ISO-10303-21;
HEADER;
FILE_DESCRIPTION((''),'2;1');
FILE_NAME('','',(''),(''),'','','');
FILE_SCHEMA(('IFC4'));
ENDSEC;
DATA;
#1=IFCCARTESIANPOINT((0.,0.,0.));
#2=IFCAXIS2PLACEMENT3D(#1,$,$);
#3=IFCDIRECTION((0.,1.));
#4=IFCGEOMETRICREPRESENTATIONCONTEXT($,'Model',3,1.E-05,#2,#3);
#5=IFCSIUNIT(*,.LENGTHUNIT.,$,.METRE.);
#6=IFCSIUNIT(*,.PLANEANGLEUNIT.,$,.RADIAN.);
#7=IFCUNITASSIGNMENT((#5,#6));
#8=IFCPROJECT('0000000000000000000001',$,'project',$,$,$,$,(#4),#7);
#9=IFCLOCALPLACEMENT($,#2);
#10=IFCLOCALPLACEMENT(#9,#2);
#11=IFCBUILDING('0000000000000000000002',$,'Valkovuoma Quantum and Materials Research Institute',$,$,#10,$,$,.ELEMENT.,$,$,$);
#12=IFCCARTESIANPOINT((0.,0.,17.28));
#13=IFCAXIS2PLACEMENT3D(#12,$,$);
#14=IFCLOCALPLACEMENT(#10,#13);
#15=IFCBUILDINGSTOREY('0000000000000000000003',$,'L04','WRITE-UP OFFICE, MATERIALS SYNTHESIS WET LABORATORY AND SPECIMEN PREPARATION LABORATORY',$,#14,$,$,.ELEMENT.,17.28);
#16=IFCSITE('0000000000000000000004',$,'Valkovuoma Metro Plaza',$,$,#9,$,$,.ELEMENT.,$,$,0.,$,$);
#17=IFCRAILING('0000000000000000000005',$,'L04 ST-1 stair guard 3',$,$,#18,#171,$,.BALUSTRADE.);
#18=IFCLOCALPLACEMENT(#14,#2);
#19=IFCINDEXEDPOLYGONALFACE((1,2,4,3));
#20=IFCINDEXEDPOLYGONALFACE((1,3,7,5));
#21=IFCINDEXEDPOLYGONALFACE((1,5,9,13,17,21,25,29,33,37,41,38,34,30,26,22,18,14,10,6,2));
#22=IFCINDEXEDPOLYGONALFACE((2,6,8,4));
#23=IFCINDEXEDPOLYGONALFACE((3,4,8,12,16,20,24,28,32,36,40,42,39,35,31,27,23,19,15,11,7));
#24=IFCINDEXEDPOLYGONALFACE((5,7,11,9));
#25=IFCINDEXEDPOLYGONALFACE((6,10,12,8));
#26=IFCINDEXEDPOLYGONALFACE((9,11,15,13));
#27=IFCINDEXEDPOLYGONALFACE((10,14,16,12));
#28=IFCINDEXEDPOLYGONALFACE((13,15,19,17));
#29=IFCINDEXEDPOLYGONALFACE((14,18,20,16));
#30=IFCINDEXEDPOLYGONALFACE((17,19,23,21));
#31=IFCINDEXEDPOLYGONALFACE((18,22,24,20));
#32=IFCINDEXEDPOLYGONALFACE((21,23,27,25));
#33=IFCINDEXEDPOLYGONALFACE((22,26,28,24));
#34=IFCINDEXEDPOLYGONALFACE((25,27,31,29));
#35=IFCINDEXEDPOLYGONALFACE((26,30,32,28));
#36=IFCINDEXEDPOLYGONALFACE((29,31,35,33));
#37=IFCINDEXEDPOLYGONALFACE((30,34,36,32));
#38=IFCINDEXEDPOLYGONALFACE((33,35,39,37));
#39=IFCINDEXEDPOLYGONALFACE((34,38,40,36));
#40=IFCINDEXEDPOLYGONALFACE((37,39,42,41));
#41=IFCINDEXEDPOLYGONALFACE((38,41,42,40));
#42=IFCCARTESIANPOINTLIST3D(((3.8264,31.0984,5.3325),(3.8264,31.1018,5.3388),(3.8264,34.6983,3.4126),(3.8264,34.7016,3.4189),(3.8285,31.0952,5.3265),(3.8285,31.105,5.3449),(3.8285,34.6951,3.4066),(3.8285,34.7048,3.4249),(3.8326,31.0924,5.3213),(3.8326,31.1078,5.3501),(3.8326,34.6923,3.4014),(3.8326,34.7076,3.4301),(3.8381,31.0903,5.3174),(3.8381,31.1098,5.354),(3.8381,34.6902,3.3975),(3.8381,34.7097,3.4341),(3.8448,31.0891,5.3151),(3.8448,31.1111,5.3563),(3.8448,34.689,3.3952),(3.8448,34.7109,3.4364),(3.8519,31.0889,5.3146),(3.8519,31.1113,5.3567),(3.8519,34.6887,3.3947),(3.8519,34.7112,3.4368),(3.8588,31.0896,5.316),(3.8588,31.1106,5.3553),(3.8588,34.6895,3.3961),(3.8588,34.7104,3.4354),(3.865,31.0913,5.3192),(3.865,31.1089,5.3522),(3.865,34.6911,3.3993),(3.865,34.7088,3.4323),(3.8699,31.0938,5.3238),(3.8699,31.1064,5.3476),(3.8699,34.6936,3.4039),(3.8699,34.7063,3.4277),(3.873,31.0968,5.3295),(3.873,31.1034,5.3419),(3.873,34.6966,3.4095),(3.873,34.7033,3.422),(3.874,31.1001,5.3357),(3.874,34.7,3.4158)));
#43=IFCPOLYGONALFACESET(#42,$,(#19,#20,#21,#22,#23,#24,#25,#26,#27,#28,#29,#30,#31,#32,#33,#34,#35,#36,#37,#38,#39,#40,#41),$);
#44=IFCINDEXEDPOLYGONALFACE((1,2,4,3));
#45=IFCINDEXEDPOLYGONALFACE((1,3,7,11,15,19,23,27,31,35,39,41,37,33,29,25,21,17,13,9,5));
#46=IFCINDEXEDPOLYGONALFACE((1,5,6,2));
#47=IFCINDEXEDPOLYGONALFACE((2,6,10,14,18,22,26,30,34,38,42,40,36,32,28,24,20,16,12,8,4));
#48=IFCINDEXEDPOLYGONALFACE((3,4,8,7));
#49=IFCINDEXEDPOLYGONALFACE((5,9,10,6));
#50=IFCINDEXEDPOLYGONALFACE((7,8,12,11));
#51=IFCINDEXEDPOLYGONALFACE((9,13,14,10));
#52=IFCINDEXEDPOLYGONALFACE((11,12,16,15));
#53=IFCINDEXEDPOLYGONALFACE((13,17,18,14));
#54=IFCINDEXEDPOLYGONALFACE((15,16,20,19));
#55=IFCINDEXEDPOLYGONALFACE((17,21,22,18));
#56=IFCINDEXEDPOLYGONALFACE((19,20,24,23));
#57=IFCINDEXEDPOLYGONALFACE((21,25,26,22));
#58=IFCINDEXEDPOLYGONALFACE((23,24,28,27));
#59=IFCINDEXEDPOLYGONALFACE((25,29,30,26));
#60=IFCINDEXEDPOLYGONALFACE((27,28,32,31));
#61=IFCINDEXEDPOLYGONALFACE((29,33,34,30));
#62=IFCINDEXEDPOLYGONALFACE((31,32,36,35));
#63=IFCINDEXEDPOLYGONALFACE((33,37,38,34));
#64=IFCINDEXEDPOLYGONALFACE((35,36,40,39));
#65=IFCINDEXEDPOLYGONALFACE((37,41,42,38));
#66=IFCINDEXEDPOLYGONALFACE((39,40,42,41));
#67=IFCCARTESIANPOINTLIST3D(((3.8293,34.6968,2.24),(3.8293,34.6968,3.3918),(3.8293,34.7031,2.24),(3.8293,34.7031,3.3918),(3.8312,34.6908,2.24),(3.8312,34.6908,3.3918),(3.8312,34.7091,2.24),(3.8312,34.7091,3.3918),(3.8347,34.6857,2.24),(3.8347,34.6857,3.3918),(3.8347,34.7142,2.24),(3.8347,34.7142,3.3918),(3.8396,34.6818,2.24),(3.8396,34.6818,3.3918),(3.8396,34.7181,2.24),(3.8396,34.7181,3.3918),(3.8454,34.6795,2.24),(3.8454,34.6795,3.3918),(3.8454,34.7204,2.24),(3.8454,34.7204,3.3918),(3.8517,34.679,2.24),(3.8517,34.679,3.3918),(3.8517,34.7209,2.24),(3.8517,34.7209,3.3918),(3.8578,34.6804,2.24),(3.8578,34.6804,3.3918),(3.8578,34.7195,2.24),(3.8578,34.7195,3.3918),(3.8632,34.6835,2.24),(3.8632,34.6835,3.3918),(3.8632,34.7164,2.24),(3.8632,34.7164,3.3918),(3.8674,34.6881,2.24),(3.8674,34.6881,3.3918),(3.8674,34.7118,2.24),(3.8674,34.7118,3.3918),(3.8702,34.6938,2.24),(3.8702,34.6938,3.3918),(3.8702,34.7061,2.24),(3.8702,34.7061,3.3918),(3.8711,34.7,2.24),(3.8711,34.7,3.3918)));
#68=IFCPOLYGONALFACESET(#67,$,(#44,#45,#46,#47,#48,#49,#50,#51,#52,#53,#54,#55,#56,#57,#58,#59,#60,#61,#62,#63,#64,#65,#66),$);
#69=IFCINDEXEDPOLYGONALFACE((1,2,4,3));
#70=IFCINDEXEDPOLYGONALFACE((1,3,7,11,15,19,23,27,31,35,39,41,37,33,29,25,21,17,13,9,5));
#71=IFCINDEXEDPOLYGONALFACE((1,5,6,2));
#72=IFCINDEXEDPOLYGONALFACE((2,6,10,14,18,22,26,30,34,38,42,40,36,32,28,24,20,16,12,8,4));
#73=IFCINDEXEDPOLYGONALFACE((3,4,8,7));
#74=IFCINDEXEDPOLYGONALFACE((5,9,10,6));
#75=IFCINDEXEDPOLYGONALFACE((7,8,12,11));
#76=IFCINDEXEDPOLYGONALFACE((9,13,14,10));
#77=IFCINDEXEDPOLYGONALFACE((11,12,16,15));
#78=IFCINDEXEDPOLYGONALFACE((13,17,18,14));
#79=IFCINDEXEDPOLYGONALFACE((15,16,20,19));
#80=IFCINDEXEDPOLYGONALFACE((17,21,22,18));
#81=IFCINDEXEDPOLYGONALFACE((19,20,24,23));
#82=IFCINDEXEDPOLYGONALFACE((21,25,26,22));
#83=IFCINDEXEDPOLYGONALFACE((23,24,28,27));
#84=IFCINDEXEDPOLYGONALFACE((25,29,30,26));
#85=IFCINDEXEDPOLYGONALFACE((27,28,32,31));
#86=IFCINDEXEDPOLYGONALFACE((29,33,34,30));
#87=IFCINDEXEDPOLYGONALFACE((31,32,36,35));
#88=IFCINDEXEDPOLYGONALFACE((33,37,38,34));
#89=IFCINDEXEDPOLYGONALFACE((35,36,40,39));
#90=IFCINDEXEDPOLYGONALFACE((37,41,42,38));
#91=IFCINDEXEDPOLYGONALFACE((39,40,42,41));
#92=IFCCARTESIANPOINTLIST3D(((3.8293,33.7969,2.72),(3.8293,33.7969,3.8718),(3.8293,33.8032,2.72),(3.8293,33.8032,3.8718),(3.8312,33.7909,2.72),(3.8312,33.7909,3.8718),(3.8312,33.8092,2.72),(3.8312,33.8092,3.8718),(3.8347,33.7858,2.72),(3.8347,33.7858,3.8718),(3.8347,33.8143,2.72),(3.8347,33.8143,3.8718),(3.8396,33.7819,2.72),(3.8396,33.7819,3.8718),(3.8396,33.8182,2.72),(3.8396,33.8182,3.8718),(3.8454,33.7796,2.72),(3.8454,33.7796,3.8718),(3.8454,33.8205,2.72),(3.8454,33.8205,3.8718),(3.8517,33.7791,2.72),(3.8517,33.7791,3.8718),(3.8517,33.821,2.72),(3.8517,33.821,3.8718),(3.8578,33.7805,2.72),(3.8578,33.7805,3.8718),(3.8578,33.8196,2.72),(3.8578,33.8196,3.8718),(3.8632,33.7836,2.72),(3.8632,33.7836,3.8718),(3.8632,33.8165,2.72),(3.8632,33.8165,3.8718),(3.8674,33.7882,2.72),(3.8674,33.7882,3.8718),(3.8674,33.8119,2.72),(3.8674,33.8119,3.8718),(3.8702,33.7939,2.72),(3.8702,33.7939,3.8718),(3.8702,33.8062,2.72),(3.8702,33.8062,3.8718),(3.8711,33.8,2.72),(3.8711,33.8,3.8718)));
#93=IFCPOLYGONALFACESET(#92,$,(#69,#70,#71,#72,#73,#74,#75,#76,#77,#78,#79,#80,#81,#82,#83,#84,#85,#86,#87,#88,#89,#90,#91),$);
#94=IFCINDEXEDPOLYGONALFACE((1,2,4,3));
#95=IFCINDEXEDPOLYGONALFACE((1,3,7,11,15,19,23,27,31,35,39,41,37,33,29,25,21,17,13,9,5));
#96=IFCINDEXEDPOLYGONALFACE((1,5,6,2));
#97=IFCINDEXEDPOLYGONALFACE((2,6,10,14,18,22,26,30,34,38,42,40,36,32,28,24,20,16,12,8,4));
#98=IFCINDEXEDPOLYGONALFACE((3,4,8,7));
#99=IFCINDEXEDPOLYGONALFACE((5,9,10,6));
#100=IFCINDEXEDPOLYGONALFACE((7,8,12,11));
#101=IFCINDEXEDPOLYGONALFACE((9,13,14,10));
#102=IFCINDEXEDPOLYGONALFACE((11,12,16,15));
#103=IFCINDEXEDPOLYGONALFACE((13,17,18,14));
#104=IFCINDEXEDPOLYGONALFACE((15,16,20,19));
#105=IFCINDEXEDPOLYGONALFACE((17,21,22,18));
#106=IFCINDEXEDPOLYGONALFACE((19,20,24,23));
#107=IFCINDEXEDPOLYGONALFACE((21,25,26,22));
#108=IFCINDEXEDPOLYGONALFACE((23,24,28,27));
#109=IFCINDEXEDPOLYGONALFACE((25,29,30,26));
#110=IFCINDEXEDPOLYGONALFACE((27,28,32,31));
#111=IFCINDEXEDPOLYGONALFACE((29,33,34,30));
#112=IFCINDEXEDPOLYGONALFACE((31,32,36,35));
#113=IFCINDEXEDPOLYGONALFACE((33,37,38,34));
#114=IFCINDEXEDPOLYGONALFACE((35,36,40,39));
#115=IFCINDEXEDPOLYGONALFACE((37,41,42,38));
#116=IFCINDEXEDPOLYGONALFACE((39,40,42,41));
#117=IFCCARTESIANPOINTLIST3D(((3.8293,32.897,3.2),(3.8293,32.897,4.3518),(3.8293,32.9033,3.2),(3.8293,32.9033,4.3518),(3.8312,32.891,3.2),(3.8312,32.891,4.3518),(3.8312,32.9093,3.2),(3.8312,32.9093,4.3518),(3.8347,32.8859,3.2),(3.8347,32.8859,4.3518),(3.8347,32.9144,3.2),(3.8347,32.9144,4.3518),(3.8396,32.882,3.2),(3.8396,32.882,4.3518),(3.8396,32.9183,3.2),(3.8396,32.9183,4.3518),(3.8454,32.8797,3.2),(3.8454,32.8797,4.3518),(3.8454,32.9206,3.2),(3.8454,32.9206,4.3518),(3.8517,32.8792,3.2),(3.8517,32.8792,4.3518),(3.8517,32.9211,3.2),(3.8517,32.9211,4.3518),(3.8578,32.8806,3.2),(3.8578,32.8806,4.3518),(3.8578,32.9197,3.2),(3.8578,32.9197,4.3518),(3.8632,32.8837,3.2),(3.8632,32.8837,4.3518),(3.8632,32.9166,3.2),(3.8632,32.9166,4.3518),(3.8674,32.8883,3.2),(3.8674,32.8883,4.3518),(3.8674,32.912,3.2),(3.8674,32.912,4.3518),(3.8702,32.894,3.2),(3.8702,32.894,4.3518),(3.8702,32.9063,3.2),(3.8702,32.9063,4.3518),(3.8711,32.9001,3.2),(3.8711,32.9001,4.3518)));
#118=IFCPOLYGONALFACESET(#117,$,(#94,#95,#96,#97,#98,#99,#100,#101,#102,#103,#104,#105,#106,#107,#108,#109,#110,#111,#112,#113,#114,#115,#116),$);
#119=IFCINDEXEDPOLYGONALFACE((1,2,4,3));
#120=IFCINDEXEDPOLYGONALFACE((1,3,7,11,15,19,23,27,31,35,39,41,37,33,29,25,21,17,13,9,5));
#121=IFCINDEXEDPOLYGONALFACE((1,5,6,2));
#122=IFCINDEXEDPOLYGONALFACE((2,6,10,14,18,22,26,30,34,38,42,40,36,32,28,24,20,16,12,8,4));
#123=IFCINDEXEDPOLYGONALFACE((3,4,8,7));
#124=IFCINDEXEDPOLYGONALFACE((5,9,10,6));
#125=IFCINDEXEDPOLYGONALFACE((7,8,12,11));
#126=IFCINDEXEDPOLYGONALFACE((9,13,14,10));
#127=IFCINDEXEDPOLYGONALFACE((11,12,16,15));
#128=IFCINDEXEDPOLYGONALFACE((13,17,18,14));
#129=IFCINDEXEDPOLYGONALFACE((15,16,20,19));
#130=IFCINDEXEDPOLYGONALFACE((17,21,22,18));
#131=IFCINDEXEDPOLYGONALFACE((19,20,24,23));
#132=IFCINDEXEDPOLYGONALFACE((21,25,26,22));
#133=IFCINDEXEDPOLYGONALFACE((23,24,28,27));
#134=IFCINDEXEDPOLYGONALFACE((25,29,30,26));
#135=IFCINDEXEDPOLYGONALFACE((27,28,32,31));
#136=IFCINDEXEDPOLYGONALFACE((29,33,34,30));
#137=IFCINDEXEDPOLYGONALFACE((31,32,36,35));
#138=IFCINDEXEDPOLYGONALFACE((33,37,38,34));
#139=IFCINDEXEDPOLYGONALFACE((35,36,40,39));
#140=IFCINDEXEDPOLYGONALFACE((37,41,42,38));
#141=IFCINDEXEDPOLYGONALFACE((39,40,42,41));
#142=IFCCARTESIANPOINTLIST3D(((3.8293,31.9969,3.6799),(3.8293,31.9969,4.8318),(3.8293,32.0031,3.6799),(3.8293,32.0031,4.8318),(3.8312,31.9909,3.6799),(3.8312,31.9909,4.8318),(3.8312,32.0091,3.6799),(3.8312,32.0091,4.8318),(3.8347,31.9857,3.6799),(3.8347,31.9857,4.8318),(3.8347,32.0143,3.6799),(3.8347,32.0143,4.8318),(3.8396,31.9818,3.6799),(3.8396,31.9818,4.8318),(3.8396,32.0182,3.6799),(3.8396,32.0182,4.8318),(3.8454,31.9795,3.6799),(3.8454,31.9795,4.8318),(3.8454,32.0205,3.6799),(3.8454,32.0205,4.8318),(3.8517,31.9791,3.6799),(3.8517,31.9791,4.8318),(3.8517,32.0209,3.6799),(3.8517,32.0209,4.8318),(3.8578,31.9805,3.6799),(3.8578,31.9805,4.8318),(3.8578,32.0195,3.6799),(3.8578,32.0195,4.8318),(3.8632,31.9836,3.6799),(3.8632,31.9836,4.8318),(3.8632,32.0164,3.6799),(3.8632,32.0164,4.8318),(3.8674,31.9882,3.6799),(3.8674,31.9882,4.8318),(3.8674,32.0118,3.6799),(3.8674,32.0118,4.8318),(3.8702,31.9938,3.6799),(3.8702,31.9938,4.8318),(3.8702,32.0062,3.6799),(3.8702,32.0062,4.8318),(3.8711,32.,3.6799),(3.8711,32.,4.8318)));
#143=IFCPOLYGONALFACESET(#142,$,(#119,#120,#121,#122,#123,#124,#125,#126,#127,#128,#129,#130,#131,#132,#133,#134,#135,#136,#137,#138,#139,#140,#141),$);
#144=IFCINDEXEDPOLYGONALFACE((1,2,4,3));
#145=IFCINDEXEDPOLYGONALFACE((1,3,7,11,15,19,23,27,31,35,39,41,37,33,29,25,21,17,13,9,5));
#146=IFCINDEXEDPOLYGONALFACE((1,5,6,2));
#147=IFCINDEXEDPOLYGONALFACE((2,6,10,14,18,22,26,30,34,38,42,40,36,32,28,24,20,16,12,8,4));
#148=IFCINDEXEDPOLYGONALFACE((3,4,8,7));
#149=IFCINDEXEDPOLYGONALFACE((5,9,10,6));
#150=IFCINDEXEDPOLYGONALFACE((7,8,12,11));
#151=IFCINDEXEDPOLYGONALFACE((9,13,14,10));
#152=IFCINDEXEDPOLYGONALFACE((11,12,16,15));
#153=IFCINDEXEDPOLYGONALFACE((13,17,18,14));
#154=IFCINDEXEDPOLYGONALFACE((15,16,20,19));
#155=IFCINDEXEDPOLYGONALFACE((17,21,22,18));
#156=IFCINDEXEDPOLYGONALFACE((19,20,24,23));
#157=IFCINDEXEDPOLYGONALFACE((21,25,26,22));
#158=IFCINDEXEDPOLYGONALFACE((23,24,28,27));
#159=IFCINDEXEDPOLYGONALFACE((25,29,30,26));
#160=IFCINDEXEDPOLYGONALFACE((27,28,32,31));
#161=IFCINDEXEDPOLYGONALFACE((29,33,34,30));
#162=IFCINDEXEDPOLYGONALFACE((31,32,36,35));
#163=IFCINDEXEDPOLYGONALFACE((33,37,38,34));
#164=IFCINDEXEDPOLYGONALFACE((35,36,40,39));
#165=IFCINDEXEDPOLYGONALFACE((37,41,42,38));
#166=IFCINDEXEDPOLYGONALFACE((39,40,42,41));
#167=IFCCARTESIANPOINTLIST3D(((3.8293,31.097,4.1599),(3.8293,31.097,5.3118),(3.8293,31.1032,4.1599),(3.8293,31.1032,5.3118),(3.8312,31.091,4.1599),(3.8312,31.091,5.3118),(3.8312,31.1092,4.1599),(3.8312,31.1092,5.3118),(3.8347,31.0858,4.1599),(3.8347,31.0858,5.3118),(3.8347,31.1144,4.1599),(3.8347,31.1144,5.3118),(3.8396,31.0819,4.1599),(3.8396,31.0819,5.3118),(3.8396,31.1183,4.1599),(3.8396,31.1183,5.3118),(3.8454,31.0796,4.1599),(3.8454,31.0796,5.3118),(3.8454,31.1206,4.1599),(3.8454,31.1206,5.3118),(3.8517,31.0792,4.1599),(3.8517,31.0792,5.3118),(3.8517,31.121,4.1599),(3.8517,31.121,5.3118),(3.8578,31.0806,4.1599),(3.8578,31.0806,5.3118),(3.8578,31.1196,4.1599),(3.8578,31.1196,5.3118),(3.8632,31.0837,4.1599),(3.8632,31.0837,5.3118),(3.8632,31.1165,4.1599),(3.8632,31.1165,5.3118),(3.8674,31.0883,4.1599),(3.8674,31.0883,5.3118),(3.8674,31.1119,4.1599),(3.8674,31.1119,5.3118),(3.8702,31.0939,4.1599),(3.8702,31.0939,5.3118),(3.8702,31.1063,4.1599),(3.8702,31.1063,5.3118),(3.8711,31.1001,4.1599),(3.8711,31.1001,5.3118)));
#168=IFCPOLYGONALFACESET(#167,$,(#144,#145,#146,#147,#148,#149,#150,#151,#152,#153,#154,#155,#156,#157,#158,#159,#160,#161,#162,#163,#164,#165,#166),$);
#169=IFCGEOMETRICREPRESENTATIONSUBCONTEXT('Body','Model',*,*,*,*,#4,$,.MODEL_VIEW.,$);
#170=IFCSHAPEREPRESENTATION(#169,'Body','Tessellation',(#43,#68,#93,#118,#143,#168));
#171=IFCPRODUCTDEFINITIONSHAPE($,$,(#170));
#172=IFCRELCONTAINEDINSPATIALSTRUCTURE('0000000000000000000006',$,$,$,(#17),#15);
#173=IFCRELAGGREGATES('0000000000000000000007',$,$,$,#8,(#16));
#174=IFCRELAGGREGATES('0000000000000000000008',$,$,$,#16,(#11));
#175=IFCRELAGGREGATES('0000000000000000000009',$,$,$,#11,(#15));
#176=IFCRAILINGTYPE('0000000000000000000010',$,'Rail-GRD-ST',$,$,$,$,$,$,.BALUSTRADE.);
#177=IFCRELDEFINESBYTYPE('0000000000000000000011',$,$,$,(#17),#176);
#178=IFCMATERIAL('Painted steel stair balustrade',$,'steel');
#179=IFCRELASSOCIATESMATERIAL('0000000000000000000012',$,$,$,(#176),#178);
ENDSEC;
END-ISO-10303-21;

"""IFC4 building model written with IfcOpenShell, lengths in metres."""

from ifc_helpers import new_model, si_unit, direction, frame, origin, origin_2d, place, context, subcontext, project, spatial, circle, extrude, material, type_object, element, save


model = new_model("IFC4")

# Units and contexts
model_context = context("Model", 3, precision=1e-05, world=origin(), true_north=direction((0.0, 1.0)))
body_context = subcontext(model_context, "Body", "Model", "MODEL_VIEW")
ifc_project = project(units=[si_unit("LENGTHUNIT", "METRE"), si_unit("PLANEANGLEUNIT", "RADIAN")], contexts=[model_context])

# Site, building, storey
site_placement = place(None, origin())
site = spatial("IfcSite", under=ifc_project, at=site_placement, Name="Valkovuoma Metro Plaza", CompositionType="ELEMENT", RefElevation=0.0)
building_placement = place(site_placement, origin())
building = spatial("IfcBuilding", under=site, at=building_placement, Name="Valkovuoma Quantum and Materials Research Institute", CompositionType="ELEMENT")
storey_placement = place(building_placement, frame((0.0, 0.0, 17.28)))
storey = spatial("IfcBuildingStorey", under=building, at=storey_placement, Name="L04", Description="WRITE-UP OFFICE, MATERIALS SYNTHESIS WET LABORATORY AND SPECIMEN PREPARATION LABORATORY", CompositionType="ELEMENT", Elevation=17.28)

# Railing
ifc_material_1 = material(Name="Painted steel stair balustrade", Category="steel")
railing_type_1 = type_object("IfcRailingType", Name="Rail-GRD-ST", PredefinedType="BALUSTRADE", material=ifc_material_1)
railing_1_placement = place(storey_placement, frame((3.8501, 34.7, 2.24)))
element("IfcRailing", 1, at=railing_1_placement, inside=storey, type_object=railing_type_1, Name="L04 ST-1 stair guard 3", PredefinedType="BALUSTRADE", context=body_context, shape_type="SweptSolid", body=[
    extrude(circle(Radius=0.0239, at=origin_2d()), frame((0.0, 0.0, 1.1758), z_axis=(0.0, -0.882353, 0.470588), x_axis=(1.0, 0.0, 0.0)), (0.0, 0.0, 1.0), 4.0798),
    extrude(circle(Radius=0.021, at=origin_2d()), origin(), (0.0, 0.0, 1.0), 1.1519),
    extrude(circle(Radius=0.021, at=origin_2d()), frame((0.0, -0.8999, 0.48)), (0.0, 0.0, 1.0), 1.1519),
    extrude(circle(Radius=0.021, at=origin_2d()), frame((0.0, -1.7998, 0.96)), (0.0, 0.0, 1.0), 1.1519),
    extrude(circle(Radius=0.021, at=origin_2d()), frame((0.0, -2.7, 1.4399)), (0.0, 0.0, 1.0), 1.1519),
    extrude(circle(Radius=0.021, at=origin_2d()), frame((0.0, -3.5999, 1.9199)), (0.0, 0.0, 1.0), 1.1519),
])

save(model, "model.ifc")
